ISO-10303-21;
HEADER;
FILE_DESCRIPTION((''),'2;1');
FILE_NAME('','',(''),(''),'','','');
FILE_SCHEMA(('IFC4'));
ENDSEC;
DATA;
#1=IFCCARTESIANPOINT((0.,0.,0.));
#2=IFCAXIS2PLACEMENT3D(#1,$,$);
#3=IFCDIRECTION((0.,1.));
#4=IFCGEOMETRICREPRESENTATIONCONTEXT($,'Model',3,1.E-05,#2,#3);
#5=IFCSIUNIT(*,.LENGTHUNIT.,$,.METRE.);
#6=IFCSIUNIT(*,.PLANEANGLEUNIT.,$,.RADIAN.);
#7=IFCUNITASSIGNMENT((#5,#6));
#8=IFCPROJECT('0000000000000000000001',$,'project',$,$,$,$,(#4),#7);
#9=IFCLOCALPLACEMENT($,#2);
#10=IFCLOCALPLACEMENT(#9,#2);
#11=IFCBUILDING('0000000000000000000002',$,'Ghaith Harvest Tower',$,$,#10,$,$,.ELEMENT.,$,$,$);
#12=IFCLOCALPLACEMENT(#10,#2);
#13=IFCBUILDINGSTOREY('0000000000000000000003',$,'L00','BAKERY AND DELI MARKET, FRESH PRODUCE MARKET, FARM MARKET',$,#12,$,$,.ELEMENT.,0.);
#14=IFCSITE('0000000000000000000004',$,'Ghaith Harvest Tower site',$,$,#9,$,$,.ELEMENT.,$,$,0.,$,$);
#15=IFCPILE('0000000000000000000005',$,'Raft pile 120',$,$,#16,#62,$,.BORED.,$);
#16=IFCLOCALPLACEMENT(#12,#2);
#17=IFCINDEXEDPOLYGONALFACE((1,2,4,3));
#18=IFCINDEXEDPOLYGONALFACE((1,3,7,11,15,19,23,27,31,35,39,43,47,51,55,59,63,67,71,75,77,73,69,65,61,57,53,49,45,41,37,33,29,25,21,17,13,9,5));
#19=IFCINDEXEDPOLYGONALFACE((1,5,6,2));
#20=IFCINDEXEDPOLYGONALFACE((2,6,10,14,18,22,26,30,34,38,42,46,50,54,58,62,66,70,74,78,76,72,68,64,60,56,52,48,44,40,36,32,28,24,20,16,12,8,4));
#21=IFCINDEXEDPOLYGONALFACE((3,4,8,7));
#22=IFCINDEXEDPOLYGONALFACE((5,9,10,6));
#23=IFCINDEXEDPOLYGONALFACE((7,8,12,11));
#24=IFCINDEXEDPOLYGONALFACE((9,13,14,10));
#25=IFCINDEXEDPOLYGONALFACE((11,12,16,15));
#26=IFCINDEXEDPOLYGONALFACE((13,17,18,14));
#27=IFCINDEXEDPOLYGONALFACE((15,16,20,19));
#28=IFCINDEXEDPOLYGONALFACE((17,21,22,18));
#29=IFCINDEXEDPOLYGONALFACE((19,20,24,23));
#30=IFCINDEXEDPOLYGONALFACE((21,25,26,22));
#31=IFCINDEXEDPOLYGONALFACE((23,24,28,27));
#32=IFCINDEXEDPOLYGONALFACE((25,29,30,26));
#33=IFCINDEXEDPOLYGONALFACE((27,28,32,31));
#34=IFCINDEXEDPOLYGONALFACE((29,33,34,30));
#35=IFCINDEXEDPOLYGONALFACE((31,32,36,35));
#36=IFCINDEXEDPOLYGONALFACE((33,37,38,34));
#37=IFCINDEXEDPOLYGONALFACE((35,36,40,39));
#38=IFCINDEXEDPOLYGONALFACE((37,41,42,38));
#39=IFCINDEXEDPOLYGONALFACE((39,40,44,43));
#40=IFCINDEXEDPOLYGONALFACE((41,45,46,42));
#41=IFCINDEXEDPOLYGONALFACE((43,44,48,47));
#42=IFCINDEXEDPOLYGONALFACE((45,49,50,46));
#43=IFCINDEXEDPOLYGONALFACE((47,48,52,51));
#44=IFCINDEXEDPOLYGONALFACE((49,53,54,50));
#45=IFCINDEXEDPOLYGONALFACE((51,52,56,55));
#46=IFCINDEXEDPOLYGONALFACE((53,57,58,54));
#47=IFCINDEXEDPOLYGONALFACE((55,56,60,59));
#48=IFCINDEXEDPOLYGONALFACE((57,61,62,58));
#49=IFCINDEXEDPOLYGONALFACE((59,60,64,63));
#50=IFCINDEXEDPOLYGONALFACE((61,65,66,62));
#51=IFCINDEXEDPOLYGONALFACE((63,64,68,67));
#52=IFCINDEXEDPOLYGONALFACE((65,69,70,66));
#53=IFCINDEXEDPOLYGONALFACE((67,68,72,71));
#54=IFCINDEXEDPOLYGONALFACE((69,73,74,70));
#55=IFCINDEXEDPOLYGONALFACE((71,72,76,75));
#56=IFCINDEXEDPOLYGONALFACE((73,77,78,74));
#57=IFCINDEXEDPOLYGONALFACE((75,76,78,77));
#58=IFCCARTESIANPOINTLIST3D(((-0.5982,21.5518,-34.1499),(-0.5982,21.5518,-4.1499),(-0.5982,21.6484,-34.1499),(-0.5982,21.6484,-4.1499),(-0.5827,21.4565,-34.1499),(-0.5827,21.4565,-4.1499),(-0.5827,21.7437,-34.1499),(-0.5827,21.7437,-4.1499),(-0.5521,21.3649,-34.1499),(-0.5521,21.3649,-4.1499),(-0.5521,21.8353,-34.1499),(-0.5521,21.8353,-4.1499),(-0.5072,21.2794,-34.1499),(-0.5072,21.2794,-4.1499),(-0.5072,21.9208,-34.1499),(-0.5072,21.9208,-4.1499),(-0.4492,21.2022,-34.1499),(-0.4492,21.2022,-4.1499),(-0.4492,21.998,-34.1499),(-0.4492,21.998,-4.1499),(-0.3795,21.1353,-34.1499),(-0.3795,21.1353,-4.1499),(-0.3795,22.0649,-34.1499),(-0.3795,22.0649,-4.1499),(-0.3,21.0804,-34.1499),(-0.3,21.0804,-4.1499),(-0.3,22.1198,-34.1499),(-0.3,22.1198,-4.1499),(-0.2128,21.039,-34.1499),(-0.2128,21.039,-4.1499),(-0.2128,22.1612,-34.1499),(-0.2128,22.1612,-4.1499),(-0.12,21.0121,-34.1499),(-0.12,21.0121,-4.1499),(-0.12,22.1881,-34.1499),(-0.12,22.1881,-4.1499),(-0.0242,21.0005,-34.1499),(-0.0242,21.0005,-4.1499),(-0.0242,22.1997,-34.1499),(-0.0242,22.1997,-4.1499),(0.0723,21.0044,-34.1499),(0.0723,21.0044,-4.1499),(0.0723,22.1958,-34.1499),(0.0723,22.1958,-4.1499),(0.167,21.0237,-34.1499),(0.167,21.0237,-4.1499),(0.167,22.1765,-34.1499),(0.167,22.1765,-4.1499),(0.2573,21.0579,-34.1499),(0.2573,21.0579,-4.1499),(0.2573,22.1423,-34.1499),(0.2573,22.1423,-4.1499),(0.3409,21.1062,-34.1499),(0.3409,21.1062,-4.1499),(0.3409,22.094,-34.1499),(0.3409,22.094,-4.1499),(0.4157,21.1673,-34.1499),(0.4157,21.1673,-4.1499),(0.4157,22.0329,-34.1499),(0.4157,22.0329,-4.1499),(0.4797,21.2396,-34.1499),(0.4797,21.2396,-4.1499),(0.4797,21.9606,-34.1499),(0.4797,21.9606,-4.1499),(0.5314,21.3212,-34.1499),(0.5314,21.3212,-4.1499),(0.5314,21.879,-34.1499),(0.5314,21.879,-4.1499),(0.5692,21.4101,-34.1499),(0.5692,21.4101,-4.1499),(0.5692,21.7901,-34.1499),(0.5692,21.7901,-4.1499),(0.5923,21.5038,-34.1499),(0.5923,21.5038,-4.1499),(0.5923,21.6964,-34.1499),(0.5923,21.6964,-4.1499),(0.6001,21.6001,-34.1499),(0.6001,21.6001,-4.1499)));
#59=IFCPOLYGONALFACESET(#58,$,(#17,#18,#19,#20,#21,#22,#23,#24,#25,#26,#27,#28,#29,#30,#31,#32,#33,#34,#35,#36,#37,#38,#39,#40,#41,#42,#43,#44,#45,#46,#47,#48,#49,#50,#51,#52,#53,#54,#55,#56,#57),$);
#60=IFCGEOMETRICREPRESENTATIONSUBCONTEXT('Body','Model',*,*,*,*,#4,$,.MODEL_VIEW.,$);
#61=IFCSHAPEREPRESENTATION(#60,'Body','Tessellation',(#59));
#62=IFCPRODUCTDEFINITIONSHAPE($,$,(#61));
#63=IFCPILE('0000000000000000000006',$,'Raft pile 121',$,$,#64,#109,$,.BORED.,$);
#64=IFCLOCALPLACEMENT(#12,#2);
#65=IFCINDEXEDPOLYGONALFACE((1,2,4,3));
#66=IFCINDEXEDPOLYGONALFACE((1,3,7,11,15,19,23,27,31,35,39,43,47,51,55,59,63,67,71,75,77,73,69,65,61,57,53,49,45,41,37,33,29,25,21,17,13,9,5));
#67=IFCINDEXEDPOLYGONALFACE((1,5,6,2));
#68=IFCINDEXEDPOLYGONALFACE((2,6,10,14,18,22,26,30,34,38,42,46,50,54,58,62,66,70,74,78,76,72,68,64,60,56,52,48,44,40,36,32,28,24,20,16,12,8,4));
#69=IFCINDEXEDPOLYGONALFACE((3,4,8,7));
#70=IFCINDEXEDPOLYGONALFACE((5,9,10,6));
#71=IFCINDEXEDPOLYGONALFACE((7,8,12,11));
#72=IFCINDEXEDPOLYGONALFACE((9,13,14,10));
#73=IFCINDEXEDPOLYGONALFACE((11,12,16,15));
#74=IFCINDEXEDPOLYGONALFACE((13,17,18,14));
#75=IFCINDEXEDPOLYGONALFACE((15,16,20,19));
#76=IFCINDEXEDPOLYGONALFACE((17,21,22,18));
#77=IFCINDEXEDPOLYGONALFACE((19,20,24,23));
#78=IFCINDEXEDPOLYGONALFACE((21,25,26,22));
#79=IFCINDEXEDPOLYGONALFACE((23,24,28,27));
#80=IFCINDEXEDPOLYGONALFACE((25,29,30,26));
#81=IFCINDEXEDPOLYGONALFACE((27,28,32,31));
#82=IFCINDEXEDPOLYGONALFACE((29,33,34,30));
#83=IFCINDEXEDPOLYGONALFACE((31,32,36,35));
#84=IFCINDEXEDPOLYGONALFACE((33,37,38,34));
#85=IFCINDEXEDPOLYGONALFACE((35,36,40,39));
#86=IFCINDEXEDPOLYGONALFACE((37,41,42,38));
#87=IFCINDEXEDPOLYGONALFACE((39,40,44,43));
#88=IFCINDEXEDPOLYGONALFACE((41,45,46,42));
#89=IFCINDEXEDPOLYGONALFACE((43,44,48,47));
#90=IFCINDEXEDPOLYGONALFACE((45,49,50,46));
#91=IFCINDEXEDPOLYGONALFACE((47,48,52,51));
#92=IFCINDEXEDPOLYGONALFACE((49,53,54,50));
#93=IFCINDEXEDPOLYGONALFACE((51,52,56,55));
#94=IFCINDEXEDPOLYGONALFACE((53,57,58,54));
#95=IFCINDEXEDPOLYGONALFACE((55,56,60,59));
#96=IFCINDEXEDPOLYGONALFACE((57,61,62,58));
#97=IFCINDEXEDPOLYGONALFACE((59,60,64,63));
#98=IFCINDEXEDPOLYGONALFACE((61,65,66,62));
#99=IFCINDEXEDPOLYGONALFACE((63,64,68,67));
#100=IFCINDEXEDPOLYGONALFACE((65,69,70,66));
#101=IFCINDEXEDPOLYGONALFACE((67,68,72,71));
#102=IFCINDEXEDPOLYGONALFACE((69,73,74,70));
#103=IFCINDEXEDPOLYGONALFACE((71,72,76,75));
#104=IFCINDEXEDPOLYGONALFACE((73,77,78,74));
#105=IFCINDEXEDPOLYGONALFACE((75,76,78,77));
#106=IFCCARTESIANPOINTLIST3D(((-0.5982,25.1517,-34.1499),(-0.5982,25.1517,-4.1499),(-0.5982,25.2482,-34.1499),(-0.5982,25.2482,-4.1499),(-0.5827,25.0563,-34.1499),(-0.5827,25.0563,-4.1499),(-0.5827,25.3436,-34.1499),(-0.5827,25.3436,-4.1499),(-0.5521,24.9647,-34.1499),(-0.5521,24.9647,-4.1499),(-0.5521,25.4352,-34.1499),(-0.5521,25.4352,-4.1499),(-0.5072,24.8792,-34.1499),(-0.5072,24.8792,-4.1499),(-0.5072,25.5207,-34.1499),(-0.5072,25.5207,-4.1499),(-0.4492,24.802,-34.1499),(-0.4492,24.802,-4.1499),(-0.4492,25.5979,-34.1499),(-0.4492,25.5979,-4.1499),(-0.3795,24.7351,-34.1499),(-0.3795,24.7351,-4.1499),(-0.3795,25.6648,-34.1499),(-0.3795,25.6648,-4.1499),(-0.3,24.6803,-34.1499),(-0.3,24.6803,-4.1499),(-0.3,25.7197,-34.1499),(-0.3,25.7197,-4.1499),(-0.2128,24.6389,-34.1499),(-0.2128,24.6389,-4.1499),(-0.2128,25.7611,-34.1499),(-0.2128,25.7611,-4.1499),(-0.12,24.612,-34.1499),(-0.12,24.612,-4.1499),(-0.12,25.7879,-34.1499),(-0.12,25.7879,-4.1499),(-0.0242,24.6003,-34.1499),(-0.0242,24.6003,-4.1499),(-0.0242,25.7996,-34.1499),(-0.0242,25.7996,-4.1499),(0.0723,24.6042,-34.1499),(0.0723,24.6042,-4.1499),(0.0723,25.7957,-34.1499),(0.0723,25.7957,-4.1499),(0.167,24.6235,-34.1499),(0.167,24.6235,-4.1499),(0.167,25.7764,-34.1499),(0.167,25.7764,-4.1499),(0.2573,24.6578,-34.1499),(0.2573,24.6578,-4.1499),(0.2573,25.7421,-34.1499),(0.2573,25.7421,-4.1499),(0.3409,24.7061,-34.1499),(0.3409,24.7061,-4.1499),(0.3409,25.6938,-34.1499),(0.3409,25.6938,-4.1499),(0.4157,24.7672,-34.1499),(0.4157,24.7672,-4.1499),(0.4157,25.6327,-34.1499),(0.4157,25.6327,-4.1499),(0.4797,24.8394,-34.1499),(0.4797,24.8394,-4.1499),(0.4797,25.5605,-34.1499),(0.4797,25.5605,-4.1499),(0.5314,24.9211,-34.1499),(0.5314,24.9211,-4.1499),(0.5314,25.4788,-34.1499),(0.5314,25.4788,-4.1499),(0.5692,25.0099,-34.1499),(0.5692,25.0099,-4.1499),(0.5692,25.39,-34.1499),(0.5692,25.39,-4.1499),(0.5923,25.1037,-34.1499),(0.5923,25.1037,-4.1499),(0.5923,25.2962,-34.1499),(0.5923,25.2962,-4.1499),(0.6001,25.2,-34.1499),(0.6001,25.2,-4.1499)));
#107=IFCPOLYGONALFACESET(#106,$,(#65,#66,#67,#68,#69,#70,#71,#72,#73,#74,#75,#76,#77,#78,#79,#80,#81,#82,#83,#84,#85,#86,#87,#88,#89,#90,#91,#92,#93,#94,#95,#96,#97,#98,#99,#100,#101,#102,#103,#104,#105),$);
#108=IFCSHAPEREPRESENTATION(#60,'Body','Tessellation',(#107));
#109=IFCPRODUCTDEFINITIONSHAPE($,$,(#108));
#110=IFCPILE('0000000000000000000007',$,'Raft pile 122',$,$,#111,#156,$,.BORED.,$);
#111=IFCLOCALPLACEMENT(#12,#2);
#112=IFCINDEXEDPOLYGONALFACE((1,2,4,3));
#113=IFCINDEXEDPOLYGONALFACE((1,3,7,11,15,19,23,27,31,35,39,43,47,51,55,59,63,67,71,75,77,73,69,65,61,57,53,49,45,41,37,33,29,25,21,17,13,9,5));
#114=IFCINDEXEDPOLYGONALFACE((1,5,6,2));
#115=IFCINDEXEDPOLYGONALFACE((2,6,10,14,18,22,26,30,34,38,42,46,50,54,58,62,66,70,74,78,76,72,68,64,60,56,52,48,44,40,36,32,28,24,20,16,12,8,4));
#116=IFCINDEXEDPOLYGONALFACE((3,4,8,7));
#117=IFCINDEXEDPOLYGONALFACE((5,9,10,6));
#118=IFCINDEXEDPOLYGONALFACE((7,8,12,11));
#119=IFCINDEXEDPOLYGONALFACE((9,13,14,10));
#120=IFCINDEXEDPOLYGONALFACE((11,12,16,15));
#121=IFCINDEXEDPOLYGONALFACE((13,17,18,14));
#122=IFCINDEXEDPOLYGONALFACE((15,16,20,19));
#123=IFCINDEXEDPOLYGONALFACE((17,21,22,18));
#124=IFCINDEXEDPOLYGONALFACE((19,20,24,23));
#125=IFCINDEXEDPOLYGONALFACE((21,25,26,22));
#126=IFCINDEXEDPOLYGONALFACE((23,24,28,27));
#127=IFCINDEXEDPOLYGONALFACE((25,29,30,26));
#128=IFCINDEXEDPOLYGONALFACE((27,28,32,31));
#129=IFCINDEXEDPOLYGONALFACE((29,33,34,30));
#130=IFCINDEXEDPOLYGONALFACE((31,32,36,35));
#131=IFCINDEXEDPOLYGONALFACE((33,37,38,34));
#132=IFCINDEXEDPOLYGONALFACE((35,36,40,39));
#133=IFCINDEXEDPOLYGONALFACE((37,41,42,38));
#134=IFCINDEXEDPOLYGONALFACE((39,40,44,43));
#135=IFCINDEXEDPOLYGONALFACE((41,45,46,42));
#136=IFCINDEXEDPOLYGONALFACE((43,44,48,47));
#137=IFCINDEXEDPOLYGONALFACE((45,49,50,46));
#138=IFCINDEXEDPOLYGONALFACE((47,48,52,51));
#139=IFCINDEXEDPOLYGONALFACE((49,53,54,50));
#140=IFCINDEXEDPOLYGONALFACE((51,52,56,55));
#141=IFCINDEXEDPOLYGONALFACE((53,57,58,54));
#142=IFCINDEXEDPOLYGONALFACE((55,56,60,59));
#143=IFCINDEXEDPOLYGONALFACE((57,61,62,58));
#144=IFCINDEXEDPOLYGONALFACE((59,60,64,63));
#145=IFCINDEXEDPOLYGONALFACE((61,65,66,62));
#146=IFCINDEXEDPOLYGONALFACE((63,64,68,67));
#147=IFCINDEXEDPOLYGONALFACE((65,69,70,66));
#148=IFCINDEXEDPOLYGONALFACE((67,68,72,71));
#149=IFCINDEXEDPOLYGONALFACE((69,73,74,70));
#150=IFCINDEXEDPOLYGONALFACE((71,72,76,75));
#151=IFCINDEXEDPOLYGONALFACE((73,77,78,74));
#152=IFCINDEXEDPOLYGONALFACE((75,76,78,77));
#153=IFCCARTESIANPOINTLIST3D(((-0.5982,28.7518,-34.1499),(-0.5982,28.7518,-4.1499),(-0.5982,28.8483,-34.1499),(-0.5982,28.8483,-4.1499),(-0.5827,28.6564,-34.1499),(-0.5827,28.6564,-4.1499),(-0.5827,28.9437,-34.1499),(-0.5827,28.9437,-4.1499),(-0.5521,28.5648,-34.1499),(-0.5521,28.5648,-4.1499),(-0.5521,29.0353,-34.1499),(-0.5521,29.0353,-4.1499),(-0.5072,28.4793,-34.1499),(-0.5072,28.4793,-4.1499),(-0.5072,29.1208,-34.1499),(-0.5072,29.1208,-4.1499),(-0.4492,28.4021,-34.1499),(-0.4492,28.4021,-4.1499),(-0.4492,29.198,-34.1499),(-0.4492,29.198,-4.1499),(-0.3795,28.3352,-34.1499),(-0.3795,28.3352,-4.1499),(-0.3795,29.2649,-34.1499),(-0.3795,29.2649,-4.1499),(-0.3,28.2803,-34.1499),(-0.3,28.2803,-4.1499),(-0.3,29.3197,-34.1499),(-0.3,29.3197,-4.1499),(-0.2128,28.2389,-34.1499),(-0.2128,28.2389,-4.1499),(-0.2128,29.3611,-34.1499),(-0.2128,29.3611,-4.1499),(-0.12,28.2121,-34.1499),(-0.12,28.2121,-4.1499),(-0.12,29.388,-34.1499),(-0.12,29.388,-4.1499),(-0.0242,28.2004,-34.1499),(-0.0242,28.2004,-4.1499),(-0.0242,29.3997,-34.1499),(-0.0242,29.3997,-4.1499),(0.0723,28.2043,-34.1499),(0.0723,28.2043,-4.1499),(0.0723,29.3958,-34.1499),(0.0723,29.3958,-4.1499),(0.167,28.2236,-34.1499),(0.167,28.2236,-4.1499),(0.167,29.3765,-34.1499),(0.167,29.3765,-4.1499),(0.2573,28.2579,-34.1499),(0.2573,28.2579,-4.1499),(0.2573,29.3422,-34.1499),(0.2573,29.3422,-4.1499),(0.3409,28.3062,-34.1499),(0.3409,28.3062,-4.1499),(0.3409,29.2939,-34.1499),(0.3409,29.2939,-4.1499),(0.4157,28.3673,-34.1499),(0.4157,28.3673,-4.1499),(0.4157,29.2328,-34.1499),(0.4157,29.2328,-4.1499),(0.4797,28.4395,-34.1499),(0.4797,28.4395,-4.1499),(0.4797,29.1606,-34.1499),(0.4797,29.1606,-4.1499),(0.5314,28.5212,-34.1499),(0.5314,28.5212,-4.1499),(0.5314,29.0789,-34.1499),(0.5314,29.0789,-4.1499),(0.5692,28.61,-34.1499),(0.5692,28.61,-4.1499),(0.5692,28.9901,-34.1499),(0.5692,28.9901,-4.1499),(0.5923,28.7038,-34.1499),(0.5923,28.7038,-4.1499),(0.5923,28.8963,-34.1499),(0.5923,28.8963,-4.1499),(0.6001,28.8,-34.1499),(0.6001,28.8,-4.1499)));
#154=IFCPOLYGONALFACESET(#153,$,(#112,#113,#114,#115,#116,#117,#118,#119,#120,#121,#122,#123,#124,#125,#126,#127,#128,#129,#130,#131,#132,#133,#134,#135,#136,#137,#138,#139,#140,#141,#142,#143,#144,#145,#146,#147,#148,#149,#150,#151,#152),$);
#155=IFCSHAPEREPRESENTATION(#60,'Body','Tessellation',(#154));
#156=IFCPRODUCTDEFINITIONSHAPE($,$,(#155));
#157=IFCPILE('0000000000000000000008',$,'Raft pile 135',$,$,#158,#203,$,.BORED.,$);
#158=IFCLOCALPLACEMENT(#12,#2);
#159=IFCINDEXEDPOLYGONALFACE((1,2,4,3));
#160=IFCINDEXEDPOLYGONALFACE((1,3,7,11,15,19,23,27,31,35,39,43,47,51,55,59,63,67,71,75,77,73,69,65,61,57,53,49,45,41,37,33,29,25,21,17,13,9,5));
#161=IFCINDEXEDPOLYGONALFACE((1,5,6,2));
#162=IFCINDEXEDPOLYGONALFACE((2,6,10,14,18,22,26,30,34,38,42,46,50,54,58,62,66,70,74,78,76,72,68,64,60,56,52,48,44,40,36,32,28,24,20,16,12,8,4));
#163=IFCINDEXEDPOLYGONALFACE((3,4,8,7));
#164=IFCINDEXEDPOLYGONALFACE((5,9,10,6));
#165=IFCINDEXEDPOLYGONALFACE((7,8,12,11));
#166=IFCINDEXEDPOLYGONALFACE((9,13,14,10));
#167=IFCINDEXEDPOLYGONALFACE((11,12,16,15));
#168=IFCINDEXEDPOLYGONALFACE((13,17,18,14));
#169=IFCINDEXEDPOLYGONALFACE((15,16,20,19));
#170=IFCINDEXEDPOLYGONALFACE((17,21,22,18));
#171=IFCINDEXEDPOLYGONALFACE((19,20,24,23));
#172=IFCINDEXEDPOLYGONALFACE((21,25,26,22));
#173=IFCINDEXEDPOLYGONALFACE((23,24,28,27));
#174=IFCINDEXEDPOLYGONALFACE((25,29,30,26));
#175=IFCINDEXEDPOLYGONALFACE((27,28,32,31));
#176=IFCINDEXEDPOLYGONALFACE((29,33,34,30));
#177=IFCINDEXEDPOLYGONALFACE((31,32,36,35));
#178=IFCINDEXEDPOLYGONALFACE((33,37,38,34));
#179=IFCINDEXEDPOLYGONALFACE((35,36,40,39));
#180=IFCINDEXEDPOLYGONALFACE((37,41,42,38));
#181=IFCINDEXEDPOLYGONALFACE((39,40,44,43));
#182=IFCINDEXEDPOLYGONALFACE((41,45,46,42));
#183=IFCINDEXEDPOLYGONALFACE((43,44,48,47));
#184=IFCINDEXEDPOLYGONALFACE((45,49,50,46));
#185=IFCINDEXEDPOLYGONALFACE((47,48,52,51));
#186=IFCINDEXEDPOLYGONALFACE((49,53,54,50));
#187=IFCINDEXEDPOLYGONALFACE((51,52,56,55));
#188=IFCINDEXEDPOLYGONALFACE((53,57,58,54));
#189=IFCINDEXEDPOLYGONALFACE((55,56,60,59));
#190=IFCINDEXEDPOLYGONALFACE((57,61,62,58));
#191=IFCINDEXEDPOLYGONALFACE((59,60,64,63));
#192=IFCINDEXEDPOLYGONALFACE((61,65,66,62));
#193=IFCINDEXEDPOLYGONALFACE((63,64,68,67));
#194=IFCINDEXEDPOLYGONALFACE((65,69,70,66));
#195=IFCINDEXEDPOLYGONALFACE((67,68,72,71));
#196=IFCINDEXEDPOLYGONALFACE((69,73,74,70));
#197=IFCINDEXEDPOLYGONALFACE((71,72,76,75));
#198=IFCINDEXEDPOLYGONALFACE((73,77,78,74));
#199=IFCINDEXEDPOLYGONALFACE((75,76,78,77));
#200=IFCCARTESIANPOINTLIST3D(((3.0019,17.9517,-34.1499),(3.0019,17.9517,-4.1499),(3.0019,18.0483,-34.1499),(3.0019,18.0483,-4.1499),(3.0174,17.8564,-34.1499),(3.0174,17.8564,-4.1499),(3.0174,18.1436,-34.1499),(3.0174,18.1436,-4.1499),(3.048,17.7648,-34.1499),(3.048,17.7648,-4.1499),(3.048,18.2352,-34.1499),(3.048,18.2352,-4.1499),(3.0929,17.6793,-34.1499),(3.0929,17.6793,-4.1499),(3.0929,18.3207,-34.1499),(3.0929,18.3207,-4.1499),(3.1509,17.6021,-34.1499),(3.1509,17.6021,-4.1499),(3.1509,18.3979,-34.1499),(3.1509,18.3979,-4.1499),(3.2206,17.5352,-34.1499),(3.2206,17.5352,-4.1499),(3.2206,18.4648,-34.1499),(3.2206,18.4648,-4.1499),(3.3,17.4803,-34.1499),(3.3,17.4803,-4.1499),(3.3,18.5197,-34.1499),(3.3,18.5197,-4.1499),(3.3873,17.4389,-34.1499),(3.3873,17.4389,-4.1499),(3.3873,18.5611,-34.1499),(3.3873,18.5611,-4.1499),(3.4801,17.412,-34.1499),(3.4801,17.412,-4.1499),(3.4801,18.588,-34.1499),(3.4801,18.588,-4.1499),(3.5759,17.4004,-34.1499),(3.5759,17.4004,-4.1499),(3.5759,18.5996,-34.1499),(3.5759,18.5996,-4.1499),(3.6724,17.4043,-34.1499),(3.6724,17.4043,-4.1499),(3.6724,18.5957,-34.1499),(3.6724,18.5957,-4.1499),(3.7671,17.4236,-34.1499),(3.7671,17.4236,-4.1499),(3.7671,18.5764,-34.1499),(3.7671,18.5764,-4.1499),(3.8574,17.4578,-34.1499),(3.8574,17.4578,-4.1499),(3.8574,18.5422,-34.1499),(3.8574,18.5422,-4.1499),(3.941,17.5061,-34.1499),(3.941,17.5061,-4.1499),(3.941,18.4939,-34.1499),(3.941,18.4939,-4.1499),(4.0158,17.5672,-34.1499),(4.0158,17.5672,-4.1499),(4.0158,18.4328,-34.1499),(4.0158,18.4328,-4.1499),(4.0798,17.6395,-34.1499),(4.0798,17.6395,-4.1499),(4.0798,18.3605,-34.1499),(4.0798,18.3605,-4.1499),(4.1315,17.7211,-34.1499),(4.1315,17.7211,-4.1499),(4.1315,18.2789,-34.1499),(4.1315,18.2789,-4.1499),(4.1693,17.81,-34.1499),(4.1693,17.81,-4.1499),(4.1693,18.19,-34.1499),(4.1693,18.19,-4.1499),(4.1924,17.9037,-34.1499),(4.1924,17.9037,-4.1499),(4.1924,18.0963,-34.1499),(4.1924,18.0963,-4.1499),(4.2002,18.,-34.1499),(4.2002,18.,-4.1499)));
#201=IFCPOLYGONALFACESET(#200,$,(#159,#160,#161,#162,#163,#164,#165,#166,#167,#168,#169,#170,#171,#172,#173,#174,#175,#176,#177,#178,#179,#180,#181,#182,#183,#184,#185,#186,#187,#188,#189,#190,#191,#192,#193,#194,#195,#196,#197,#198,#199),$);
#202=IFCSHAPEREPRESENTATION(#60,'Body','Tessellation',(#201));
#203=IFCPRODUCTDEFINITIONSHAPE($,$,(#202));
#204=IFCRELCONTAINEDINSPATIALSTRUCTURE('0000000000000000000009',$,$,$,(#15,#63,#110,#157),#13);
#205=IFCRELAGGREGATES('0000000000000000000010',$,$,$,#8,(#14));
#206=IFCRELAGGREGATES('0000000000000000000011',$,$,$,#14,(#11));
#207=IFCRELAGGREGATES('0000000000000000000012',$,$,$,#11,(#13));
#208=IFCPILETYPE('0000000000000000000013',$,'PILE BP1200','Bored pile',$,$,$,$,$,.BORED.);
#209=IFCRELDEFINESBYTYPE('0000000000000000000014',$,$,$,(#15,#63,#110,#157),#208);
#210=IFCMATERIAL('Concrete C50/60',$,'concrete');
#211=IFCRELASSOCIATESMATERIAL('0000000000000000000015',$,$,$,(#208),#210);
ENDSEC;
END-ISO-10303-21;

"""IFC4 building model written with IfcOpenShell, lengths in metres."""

from ifc_helpers import new_model, si_unit, direction, frame, origin, origin_2d, place, context, subcontext, project, spatial, circle, extrude, material, material_profile, profile_set, type_object, element, save


model = new_model("IFC4")

# Units and contexts
model_context = context("Model", 3, precision=1e-05, world=origin(), true_north=direction((0.0, 1.0)))
body_context = subcontext(model_context, "Body", "Model", "MODEL_VIEW")
ifc_project = project(units=[si_unit("LENGTHUNIT", "METRE"), si_unit("PLANEANGLEUNIT", "RADIAN")], contexts=[model_context])

# Site, building, storey
site_placement = place(None, origin())
site = spatial("IfcSite", under=ifc_project, at=site_placement, Name="Ghaith Harvest Tower site", CompositionType="ELEMENT", RefElevation=0.0)
building_placement = place(site_placement, origin())
building = spatial("IfcBuilding", under=site, at=building_placement, Name="Ghaith Harvest Tower", CompositionType="ELEMENT")
storey_placement = place(building_placement, origin())
storey = spatial("IfcBuildingStorey", under=building, at=storey_placement, Name="L00", Description="BAKERY AND DELI MARKET, FRESH PRODUCE MARKET, FARM MARKET", CompositionType="ELEMENT", Elevation=0.0)

# Piles
ifc_material_1 = material(Name="Concrete C50/60", Category="concrete")
ifc_material_profile_1 = material_profile(ifc_material_1, circle(Radius=0.6001, at=origin_2d()), Name="PILE1200")
ifc_profile_set_1 = profile_set([ifc_material_profile_1], Name="Concrete C50/60")
pile_type_1 = type_object("IfcPileType", Name="PILE BP1200", Description="Bored pile", PredefinedType="BORED", material=ifc_profile_set_1)
for number, where, z_axis, x_axis, name in (
    (1, (0.0, 21.6001, -4.1499), (0.0, 0.0, -1.0), (1.0, 0.0, 0.0), "Raft pile 120"),
    (2, (0.0, 25.2, -4.1499), (0.0, 0.0, -1.0), (1.0, 0.0, 0.0), "Raft pile 121"),
    (3, (0.0, 28.8, -4.1499), (0.0, 0.0, -1.0), (1.0, 0.0, 0.0), "Raft pile 122"),
    (4, (3.6001, 18.0, -4.1499), (0.0, 0.0, -1.0), (1.0, 0.0, 0.0), "Raft pile 135"),
):
    element("IfcPile", number, at=place(storey_placement, frame(where, z_axis=z_axis, x_axis=x_axis)), inside=storey, type_object=pile_type_1, Name=name, PredefinedType="BORED", context=body_context, shape_type="SweptSolid", body=[
        extrude(circle(Radius=0.6001, at=origin_2d()), origin(), (0.0, 0.0, 1.0), 30.0),
    ])

save(model, "model.ifc")
